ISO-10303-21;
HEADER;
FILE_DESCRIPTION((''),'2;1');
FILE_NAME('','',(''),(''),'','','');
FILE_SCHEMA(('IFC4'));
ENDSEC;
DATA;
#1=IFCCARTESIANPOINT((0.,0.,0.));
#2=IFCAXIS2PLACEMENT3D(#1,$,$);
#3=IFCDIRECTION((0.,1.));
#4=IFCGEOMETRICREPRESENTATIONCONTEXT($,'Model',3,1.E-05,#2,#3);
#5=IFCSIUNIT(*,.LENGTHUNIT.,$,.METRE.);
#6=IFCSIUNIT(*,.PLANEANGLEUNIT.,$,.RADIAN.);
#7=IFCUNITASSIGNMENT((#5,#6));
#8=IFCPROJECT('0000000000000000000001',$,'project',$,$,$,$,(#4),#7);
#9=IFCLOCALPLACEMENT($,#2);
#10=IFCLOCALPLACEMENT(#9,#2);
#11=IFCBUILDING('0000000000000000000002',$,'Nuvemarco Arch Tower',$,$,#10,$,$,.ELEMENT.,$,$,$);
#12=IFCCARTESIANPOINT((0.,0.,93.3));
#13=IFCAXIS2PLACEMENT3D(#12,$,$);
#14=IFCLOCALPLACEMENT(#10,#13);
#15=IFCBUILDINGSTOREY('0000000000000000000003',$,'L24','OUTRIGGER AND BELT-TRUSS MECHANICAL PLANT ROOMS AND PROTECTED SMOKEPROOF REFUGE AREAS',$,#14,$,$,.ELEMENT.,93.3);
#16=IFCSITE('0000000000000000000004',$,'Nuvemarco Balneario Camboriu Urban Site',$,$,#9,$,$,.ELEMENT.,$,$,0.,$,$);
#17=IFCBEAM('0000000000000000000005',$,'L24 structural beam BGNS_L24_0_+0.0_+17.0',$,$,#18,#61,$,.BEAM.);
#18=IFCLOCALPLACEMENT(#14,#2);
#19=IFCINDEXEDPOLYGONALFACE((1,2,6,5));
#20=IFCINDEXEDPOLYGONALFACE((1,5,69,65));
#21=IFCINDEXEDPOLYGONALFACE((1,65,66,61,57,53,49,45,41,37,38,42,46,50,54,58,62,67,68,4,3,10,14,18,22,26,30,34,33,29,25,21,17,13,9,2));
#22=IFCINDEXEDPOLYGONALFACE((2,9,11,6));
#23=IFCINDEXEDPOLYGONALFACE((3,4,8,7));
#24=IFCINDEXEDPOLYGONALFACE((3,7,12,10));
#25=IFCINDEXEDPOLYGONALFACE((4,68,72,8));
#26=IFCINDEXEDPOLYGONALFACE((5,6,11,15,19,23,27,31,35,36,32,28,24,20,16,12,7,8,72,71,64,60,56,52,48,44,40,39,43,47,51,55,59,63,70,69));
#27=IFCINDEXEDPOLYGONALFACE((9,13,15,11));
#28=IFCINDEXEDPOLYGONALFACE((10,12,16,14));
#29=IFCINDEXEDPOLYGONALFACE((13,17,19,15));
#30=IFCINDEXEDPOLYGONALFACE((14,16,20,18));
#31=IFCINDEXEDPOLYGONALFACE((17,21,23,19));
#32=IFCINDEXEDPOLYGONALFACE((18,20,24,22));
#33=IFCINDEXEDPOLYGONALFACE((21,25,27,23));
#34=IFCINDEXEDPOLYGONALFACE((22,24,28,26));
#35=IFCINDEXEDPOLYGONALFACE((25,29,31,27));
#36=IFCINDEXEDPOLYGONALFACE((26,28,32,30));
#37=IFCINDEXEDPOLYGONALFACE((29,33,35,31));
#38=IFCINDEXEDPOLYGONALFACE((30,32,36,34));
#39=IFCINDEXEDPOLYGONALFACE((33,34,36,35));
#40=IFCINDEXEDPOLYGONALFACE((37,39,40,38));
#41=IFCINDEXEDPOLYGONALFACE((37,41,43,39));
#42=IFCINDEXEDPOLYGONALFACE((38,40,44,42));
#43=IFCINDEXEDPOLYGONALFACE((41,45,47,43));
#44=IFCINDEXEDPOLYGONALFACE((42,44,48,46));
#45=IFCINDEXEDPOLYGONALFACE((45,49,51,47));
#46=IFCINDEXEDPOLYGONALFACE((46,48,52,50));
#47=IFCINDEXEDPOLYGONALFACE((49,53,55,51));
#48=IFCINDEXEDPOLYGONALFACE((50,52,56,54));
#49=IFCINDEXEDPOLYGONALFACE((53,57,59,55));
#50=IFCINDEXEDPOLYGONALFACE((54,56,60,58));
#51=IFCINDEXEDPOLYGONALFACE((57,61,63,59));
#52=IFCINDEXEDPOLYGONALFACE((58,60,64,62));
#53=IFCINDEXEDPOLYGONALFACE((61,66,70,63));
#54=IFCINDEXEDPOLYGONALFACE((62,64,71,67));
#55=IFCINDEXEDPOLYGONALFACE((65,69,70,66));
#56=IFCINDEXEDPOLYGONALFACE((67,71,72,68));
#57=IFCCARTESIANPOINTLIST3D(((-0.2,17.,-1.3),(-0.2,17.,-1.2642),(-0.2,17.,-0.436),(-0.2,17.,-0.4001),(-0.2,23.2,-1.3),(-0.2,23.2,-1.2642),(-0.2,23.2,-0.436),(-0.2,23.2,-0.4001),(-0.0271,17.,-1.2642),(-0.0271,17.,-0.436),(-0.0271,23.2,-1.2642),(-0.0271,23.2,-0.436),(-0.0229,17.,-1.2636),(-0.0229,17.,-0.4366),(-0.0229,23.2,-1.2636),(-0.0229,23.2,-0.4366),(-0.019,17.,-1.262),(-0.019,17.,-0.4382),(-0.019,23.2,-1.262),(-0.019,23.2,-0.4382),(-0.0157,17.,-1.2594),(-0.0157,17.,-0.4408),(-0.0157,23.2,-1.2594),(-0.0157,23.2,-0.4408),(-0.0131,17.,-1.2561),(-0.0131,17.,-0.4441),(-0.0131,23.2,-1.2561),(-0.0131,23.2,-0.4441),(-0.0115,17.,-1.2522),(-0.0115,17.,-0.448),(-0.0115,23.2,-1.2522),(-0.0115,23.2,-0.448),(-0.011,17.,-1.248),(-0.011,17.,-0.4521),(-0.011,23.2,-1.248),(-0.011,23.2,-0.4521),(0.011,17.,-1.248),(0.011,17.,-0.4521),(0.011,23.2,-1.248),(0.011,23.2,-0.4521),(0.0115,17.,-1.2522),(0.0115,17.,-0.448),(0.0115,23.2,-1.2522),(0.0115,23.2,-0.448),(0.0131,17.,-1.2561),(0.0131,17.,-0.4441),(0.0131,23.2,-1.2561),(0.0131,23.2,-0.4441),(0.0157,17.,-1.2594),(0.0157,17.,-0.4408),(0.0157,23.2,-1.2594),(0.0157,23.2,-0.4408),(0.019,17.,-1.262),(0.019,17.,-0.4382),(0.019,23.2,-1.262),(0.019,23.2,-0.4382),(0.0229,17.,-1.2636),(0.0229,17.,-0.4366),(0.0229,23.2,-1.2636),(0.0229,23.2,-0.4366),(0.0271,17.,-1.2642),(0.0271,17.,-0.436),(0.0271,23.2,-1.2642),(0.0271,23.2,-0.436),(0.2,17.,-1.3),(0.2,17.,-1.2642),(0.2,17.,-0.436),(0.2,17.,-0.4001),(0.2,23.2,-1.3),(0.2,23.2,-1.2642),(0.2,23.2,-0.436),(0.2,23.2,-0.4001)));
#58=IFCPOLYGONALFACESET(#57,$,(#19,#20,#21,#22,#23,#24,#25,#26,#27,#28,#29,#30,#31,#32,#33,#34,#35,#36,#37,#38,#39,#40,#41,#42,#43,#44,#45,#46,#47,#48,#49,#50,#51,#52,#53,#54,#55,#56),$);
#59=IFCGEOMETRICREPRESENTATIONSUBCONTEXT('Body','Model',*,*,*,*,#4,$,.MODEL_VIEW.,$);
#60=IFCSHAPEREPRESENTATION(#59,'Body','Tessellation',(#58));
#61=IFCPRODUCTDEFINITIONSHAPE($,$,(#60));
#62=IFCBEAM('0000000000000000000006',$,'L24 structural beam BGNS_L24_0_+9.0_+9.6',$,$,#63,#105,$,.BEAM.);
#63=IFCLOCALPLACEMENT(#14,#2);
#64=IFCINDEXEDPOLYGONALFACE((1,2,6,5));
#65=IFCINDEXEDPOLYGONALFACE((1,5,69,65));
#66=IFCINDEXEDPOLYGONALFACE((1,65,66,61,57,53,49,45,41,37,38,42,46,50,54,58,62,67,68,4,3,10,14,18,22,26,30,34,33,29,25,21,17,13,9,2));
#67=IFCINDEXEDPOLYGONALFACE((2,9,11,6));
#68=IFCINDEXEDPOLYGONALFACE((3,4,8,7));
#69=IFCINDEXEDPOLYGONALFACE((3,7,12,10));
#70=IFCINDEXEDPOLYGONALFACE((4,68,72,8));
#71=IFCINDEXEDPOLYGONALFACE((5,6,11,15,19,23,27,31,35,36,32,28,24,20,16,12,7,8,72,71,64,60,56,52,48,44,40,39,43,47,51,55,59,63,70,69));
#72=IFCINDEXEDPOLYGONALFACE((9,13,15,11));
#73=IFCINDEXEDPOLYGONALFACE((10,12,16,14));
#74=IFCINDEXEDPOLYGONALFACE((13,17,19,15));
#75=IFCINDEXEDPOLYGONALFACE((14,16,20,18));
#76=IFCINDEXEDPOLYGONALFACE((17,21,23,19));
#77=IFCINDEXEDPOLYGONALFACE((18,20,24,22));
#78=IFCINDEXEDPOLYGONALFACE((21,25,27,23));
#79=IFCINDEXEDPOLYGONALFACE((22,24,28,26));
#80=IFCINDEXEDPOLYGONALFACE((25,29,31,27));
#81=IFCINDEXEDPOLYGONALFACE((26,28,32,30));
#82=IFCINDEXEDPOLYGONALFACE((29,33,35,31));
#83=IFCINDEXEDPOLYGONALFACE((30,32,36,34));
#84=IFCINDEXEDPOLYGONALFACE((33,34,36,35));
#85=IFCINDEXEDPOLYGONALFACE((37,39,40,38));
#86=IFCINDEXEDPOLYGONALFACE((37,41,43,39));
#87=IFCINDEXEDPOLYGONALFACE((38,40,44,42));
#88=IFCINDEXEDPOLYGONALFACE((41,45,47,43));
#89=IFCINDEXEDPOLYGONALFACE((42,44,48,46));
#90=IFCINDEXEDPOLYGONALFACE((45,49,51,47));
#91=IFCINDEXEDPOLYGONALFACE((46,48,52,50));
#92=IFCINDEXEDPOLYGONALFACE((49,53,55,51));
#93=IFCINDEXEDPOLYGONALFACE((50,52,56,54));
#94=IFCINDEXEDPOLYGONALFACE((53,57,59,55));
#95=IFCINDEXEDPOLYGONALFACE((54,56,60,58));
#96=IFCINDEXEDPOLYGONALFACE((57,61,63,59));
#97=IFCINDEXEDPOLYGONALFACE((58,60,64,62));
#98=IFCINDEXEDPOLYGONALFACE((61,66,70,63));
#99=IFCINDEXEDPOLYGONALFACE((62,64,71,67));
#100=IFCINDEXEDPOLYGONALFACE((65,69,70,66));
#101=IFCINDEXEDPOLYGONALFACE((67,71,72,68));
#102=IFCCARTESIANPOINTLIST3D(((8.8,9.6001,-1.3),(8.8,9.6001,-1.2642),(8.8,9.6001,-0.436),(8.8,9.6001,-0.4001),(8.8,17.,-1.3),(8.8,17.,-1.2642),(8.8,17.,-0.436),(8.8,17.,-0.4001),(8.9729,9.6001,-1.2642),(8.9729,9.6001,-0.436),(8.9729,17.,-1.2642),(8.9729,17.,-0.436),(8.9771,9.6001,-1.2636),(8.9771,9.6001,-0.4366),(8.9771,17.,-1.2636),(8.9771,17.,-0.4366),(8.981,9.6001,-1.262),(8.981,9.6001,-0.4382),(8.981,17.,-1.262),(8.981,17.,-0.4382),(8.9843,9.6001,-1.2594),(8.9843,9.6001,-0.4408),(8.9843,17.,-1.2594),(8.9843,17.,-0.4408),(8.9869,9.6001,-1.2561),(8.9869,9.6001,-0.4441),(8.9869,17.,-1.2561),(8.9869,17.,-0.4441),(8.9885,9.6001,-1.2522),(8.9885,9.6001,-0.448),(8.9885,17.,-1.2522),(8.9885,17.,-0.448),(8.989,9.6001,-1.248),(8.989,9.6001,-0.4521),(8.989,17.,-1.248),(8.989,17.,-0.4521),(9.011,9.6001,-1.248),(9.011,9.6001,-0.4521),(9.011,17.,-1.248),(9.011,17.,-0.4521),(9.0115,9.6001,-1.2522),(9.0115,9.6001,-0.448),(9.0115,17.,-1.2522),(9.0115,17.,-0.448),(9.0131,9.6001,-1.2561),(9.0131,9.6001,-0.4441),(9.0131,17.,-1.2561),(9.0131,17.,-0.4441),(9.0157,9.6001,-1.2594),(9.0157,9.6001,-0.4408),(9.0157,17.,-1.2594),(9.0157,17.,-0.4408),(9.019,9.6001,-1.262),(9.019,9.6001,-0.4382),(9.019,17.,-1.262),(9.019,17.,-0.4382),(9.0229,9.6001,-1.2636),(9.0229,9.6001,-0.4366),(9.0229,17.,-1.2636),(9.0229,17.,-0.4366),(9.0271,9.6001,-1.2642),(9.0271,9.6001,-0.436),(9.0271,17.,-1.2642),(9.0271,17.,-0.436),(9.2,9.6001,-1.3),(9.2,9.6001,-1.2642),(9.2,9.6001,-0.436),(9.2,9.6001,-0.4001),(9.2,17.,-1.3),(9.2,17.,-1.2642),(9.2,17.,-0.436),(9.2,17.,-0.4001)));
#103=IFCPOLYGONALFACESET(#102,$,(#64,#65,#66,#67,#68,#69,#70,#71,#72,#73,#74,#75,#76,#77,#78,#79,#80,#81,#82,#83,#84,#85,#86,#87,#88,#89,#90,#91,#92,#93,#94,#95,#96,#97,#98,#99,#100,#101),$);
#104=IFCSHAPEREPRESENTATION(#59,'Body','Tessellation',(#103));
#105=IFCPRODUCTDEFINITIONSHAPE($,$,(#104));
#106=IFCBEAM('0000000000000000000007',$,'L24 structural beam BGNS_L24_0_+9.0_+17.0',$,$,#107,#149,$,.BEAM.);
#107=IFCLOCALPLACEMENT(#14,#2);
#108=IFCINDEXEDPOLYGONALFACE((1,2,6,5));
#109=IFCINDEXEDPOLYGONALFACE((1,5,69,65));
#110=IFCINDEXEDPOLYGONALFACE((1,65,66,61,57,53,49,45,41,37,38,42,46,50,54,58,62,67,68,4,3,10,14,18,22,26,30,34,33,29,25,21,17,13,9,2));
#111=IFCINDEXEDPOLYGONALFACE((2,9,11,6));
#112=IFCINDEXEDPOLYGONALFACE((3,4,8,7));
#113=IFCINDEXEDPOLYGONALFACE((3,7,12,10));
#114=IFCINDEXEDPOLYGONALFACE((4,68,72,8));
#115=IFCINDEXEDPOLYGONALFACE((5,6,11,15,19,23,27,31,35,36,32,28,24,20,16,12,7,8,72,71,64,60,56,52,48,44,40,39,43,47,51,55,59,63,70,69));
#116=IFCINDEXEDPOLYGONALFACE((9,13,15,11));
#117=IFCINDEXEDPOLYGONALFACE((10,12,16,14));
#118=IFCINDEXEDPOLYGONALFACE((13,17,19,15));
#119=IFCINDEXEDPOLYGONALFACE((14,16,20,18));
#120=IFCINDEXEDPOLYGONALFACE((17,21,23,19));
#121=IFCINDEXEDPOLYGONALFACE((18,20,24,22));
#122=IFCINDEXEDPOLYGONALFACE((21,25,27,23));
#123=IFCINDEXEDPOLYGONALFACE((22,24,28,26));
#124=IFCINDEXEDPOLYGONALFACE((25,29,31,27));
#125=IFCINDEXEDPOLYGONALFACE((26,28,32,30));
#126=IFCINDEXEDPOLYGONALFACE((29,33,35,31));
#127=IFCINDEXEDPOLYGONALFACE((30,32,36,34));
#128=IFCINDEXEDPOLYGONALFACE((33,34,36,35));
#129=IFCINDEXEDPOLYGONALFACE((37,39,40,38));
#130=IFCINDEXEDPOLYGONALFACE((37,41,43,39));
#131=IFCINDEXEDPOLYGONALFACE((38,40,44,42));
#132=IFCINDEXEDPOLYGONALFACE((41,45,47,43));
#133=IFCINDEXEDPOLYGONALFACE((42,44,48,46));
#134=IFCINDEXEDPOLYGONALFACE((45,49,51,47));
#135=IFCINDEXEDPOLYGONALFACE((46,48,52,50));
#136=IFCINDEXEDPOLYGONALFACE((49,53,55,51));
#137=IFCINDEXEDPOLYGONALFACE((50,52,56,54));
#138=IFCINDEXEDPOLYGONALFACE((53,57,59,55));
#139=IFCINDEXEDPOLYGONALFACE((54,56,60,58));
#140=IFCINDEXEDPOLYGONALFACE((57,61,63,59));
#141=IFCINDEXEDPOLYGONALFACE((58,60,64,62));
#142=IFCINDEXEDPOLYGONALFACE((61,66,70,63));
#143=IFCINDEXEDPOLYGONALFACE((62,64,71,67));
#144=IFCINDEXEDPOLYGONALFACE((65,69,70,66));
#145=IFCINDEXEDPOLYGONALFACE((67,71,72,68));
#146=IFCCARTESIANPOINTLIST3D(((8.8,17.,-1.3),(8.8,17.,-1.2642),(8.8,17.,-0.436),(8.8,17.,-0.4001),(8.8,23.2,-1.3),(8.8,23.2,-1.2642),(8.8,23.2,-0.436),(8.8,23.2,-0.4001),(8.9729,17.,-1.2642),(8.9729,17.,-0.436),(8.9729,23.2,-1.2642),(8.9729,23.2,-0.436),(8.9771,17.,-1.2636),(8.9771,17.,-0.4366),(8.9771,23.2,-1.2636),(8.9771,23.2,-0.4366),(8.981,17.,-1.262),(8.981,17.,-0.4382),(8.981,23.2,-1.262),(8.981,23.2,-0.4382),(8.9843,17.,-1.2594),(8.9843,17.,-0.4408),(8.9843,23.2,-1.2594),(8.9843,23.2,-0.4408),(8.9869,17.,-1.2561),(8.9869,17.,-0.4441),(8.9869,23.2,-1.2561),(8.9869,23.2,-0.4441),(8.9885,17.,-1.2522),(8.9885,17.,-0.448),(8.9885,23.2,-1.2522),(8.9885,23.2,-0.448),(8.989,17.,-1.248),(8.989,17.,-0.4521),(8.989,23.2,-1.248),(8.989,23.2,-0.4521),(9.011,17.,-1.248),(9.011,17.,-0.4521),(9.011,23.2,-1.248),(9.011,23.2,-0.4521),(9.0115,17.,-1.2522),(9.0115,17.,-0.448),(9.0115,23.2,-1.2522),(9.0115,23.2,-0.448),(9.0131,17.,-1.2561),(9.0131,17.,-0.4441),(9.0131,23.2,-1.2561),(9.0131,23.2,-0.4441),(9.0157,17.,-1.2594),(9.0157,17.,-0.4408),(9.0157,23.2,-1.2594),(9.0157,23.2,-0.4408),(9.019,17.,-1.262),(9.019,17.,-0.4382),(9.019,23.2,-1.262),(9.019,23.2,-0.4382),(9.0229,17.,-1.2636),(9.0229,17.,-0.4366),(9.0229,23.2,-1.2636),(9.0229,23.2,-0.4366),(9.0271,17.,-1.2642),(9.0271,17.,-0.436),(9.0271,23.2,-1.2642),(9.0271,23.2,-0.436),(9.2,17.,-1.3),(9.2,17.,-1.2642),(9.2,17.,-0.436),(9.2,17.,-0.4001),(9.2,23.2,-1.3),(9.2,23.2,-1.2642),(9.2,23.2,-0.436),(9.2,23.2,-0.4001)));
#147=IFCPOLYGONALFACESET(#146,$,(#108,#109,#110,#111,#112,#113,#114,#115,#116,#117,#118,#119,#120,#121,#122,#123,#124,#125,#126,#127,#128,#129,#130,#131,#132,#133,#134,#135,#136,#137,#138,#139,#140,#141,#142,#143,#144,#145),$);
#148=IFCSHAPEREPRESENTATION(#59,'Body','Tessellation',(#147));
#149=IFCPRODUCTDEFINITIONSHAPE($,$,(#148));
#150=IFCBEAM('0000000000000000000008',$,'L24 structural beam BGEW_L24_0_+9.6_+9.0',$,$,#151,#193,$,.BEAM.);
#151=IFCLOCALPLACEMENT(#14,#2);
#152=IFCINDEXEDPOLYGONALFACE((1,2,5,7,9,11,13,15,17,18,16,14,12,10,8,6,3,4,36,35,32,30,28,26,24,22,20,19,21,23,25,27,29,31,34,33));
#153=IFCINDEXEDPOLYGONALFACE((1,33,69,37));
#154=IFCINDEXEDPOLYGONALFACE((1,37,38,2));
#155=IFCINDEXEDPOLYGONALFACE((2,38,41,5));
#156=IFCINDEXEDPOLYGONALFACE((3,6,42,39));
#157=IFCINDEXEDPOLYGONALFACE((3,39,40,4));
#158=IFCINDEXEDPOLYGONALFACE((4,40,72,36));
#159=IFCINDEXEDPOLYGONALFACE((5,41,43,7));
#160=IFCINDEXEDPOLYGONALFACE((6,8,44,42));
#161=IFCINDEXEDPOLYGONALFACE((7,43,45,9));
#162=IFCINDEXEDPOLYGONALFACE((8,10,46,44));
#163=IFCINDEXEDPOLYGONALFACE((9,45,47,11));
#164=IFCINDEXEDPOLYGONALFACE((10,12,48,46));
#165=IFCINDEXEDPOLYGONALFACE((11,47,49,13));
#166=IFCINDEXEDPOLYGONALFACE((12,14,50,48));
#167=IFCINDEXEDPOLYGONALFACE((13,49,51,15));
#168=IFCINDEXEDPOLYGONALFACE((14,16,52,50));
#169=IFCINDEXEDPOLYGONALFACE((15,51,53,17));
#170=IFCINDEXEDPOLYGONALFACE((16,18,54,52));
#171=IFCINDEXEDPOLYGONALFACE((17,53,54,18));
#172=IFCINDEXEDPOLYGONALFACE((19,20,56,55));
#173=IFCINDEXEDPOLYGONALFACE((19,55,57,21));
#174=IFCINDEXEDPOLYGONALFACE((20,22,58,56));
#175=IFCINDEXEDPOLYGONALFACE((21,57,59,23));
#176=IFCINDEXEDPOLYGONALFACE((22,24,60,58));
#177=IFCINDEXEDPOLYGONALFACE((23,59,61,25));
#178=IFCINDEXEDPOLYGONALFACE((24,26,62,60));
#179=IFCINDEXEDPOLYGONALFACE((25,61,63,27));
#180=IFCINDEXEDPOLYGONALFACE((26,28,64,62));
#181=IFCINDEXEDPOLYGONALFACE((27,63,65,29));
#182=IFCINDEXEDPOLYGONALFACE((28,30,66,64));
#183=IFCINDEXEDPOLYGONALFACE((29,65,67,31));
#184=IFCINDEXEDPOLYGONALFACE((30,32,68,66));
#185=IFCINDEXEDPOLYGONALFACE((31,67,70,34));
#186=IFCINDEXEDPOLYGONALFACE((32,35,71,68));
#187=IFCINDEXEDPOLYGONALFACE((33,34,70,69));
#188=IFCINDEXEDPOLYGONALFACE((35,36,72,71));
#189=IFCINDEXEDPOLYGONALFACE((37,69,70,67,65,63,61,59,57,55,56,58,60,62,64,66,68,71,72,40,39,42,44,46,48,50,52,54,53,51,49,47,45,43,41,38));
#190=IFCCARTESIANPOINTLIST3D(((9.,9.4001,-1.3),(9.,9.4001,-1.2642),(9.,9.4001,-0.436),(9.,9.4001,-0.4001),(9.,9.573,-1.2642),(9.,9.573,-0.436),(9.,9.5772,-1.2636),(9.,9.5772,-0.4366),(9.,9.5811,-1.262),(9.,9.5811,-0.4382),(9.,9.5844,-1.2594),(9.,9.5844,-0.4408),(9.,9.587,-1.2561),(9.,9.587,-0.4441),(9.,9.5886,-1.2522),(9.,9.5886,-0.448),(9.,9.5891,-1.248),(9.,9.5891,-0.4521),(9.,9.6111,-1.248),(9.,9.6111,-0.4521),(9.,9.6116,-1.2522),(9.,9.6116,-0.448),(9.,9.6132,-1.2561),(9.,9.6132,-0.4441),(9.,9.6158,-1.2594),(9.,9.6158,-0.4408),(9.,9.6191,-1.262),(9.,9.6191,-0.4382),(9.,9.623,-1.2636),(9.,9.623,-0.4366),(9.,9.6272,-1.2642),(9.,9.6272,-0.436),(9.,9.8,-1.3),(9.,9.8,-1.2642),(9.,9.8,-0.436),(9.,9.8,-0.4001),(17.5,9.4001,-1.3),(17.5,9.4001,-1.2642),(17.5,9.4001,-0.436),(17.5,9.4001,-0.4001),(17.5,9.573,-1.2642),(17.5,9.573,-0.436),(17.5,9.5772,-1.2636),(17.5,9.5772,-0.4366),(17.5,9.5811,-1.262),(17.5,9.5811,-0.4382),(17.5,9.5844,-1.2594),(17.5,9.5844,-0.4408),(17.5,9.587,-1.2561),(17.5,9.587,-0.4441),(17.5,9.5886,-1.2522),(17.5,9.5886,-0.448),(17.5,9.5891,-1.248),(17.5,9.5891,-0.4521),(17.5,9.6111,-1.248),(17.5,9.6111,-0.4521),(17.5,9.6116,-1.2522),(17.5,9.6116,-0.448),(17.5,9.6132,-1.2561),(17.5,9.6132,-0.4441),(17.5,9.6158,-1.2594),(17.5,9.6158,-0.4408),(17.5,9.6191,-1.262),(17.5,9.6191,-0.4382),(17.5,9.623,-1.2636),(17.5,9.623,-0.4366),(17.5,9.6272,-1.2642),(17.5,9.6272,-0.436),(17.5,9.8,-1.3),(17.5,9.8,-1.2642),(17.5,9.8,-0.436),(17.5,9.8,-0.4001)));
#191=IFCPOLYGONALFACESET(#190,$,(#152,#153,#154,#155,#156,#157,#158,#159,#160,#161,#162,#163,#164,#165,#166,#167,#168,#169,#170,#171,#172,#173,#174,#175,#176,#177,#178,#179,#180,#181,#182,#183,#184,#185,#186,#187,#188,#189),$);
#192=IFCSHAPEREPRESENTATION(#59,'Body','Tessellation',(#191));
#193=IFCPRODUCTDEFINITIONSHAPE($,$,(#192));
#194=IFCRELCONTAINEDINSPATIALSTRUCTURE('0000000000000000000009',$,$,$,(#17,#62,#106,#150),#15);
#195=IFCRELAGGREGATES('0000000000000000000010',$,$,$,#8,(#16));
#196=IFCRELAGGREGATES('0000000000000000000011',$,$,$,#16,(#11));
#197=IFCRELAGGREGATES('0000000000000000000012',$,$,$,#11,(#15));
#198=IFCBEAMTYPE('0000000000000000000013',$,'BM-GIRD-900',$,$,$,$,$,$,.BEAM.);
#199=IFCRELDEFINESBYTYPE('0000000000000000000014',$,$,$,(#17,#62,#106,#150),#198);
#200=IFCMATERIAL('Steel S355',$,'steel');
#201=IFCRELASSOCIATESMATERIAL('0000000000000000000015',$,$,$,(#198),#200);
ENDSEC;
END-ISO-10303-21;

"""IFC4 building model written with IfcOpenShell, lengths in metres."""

from ifc_helpers import new_model, si_unit, direction, frame, origin, origin_2d, place, context, subcontext, project, spatial, i_section, extrude, material, material_profile, profile_set, type_object, element, save


model = new_model("IFC4")

# Units and contexts
model_context = context("Model", 3, precision=1e-05, world=origin(), true_north=direction((0.0, 1.0)))
body_context = subcontext(model_context, "Body", "Model", "MODEL_VIEW")
ifc_project = project(units=[si_unit("LENGTHUNIT", "METRE"), si_unit("PLANEANGLEUNIT", "RADIAN")], contexts=[model_context])

# Site, building, storey
site_placement = place(None, origin())
site = spatial("IfcSite", under=ifc_project, at=site_placement, Name="Nuvemarco Balneario Camboriu Urban Site", CompositionType="ELEMENT", RefElevation=0.0)
building_placement = place(site_placement, origin())
building = spatial("IfcBuilding", under=site, at=building_placement, Name="Nuvemarco Arch Tower", CompositionType="ELEMENT")
storey_placement = place(building_placement, frame((0.0, 0.0, 93.3)))
storey = spatial("IfcBuildingStorey", under=building, at=storey_placement, Name="L24", Description="OUTRIGGER AND BELT-TRUSS MECHANICAL PLANT ROOMS AND PROTECTED SMOKEPROOF REFUGE AREAS", CompositionType="ELEMENT", Elevation=93.3)

# Shared definitions
ifc_material_1 = material(Name="Steel S355", Category="steel")

# Beams
ifc_material_profile_1 = material_profile(ifc_material_1, i_section(OverallWidth=0.3999, OverallDepth=0.8999, WebThickness=0.022, FlangeThickness=0.0359, FilletRadius=0.0161, at=origin_2d()), Name="PG900x400")
ifc_profile_set_1 = profile_set([ifc_material_profile_1], Name="Steel S355")
beam_type_1 = type_object("IfcBeamType", Name="BM-GIRD-900", PredefinedType="BEAM", material=ifc_profile_set_1)
beam_1_placement = place(storey_placement, frame((0.0, 17.0, -0.8501), z_axis=(0.0, 1.0, 0.0), x_axis=(-1.0, 0.0, 0.0)))
element("IfcBeam", 1, at=beam_1_placement, inside=storey, type_object=beam_type_1, Name="L24 structural beam BGNS_L24_0_+0.0_+17.0", PredefinedType="BEAM", context=body_context, shape_type="SweptSolid", body=[
    extrude(i_section(OverallWidth=0.3999, OverallDepth=0.8999, WebThickness=0.022, FlangeThickness=0.0359, FilletRadius=0.0161, at=origin_2d()), origin(), (0.0, 0.0, 1.0), 6.2),
])
beam_2_placement = place(storey_placement, frame((9.0, 9.6001, -0.8501), z_axis=(0.0, 1.0, 0.0), x_axis=(-1.0, 0.0, 0.0)))
element("IfcBeam", 2, at=beam_2_placement, inside=storey, type_object=beam_type_1, Name="L24 structural beam BGNS_L24_0_+9.0_+9.6", PredefinedType="BEAM", context=body_context, shape_type="SweptSolid", body=[
    extrude(i_section(OverallWidth=0.3999, OverallDepth=0.8999, WebThickness=0.022, FlangeThickness=0.0359, FilletRadius=0.0161, at=origin_2d()), origin(), (0.0, 0.0, 1.0), 7.3999),
])
beam_3_placement = place(storey_placement, frame((9.0, 17.0, -0.8501), z_axis=(0.0, 1.0, 0.0), x_axis=(-1.0, 0.0, 0.0)))
element("IfcBeam", 3, at=beam_3_placement, inside=storey, type_object=beam_type_1, Name="L24 structural beam BGNS_L24_0_+9.0_+17.0", PredefinedType="BEAM", context=body_context, shape_type="SweptSolid", body=[
    extrude(i_section(OverallWidth=0.3999, OverallDepth=0.8999, WebThickness=0.022, FlangeThickness=0.0359, FilletRadius=0.0161, at=origin_2d()), origin(), (0.0, 0.0, 1.0), 6.2),
])
beam_4_placement = place(storey_placement, frame((9.0, 9.6001, -0.8501), z_axis=(1.0, 0.0, 0.0), x_axis=(0.0, 1.0, 0.0)))
element("IfcBeam", 4, at=beam_4_placement, inside=storey, type_object=beam_type_1, Name="L24 structural beam BGEW_L24_0_+9.6_+9.0", PredefinedType="BEAM", context=body_context, shape_type="SweptSolid", body=[
    extrude(i_section(OverallWidth=0.3999, OverallDepth=0.8999, WebThickness=0.022, FlangeThickness=0.0359, FilletRadius=0.0161, at=origin_2d()), origin(), (0.0, 0.0, 1.0), 8.5),
])

save(model, "model.ifc")
